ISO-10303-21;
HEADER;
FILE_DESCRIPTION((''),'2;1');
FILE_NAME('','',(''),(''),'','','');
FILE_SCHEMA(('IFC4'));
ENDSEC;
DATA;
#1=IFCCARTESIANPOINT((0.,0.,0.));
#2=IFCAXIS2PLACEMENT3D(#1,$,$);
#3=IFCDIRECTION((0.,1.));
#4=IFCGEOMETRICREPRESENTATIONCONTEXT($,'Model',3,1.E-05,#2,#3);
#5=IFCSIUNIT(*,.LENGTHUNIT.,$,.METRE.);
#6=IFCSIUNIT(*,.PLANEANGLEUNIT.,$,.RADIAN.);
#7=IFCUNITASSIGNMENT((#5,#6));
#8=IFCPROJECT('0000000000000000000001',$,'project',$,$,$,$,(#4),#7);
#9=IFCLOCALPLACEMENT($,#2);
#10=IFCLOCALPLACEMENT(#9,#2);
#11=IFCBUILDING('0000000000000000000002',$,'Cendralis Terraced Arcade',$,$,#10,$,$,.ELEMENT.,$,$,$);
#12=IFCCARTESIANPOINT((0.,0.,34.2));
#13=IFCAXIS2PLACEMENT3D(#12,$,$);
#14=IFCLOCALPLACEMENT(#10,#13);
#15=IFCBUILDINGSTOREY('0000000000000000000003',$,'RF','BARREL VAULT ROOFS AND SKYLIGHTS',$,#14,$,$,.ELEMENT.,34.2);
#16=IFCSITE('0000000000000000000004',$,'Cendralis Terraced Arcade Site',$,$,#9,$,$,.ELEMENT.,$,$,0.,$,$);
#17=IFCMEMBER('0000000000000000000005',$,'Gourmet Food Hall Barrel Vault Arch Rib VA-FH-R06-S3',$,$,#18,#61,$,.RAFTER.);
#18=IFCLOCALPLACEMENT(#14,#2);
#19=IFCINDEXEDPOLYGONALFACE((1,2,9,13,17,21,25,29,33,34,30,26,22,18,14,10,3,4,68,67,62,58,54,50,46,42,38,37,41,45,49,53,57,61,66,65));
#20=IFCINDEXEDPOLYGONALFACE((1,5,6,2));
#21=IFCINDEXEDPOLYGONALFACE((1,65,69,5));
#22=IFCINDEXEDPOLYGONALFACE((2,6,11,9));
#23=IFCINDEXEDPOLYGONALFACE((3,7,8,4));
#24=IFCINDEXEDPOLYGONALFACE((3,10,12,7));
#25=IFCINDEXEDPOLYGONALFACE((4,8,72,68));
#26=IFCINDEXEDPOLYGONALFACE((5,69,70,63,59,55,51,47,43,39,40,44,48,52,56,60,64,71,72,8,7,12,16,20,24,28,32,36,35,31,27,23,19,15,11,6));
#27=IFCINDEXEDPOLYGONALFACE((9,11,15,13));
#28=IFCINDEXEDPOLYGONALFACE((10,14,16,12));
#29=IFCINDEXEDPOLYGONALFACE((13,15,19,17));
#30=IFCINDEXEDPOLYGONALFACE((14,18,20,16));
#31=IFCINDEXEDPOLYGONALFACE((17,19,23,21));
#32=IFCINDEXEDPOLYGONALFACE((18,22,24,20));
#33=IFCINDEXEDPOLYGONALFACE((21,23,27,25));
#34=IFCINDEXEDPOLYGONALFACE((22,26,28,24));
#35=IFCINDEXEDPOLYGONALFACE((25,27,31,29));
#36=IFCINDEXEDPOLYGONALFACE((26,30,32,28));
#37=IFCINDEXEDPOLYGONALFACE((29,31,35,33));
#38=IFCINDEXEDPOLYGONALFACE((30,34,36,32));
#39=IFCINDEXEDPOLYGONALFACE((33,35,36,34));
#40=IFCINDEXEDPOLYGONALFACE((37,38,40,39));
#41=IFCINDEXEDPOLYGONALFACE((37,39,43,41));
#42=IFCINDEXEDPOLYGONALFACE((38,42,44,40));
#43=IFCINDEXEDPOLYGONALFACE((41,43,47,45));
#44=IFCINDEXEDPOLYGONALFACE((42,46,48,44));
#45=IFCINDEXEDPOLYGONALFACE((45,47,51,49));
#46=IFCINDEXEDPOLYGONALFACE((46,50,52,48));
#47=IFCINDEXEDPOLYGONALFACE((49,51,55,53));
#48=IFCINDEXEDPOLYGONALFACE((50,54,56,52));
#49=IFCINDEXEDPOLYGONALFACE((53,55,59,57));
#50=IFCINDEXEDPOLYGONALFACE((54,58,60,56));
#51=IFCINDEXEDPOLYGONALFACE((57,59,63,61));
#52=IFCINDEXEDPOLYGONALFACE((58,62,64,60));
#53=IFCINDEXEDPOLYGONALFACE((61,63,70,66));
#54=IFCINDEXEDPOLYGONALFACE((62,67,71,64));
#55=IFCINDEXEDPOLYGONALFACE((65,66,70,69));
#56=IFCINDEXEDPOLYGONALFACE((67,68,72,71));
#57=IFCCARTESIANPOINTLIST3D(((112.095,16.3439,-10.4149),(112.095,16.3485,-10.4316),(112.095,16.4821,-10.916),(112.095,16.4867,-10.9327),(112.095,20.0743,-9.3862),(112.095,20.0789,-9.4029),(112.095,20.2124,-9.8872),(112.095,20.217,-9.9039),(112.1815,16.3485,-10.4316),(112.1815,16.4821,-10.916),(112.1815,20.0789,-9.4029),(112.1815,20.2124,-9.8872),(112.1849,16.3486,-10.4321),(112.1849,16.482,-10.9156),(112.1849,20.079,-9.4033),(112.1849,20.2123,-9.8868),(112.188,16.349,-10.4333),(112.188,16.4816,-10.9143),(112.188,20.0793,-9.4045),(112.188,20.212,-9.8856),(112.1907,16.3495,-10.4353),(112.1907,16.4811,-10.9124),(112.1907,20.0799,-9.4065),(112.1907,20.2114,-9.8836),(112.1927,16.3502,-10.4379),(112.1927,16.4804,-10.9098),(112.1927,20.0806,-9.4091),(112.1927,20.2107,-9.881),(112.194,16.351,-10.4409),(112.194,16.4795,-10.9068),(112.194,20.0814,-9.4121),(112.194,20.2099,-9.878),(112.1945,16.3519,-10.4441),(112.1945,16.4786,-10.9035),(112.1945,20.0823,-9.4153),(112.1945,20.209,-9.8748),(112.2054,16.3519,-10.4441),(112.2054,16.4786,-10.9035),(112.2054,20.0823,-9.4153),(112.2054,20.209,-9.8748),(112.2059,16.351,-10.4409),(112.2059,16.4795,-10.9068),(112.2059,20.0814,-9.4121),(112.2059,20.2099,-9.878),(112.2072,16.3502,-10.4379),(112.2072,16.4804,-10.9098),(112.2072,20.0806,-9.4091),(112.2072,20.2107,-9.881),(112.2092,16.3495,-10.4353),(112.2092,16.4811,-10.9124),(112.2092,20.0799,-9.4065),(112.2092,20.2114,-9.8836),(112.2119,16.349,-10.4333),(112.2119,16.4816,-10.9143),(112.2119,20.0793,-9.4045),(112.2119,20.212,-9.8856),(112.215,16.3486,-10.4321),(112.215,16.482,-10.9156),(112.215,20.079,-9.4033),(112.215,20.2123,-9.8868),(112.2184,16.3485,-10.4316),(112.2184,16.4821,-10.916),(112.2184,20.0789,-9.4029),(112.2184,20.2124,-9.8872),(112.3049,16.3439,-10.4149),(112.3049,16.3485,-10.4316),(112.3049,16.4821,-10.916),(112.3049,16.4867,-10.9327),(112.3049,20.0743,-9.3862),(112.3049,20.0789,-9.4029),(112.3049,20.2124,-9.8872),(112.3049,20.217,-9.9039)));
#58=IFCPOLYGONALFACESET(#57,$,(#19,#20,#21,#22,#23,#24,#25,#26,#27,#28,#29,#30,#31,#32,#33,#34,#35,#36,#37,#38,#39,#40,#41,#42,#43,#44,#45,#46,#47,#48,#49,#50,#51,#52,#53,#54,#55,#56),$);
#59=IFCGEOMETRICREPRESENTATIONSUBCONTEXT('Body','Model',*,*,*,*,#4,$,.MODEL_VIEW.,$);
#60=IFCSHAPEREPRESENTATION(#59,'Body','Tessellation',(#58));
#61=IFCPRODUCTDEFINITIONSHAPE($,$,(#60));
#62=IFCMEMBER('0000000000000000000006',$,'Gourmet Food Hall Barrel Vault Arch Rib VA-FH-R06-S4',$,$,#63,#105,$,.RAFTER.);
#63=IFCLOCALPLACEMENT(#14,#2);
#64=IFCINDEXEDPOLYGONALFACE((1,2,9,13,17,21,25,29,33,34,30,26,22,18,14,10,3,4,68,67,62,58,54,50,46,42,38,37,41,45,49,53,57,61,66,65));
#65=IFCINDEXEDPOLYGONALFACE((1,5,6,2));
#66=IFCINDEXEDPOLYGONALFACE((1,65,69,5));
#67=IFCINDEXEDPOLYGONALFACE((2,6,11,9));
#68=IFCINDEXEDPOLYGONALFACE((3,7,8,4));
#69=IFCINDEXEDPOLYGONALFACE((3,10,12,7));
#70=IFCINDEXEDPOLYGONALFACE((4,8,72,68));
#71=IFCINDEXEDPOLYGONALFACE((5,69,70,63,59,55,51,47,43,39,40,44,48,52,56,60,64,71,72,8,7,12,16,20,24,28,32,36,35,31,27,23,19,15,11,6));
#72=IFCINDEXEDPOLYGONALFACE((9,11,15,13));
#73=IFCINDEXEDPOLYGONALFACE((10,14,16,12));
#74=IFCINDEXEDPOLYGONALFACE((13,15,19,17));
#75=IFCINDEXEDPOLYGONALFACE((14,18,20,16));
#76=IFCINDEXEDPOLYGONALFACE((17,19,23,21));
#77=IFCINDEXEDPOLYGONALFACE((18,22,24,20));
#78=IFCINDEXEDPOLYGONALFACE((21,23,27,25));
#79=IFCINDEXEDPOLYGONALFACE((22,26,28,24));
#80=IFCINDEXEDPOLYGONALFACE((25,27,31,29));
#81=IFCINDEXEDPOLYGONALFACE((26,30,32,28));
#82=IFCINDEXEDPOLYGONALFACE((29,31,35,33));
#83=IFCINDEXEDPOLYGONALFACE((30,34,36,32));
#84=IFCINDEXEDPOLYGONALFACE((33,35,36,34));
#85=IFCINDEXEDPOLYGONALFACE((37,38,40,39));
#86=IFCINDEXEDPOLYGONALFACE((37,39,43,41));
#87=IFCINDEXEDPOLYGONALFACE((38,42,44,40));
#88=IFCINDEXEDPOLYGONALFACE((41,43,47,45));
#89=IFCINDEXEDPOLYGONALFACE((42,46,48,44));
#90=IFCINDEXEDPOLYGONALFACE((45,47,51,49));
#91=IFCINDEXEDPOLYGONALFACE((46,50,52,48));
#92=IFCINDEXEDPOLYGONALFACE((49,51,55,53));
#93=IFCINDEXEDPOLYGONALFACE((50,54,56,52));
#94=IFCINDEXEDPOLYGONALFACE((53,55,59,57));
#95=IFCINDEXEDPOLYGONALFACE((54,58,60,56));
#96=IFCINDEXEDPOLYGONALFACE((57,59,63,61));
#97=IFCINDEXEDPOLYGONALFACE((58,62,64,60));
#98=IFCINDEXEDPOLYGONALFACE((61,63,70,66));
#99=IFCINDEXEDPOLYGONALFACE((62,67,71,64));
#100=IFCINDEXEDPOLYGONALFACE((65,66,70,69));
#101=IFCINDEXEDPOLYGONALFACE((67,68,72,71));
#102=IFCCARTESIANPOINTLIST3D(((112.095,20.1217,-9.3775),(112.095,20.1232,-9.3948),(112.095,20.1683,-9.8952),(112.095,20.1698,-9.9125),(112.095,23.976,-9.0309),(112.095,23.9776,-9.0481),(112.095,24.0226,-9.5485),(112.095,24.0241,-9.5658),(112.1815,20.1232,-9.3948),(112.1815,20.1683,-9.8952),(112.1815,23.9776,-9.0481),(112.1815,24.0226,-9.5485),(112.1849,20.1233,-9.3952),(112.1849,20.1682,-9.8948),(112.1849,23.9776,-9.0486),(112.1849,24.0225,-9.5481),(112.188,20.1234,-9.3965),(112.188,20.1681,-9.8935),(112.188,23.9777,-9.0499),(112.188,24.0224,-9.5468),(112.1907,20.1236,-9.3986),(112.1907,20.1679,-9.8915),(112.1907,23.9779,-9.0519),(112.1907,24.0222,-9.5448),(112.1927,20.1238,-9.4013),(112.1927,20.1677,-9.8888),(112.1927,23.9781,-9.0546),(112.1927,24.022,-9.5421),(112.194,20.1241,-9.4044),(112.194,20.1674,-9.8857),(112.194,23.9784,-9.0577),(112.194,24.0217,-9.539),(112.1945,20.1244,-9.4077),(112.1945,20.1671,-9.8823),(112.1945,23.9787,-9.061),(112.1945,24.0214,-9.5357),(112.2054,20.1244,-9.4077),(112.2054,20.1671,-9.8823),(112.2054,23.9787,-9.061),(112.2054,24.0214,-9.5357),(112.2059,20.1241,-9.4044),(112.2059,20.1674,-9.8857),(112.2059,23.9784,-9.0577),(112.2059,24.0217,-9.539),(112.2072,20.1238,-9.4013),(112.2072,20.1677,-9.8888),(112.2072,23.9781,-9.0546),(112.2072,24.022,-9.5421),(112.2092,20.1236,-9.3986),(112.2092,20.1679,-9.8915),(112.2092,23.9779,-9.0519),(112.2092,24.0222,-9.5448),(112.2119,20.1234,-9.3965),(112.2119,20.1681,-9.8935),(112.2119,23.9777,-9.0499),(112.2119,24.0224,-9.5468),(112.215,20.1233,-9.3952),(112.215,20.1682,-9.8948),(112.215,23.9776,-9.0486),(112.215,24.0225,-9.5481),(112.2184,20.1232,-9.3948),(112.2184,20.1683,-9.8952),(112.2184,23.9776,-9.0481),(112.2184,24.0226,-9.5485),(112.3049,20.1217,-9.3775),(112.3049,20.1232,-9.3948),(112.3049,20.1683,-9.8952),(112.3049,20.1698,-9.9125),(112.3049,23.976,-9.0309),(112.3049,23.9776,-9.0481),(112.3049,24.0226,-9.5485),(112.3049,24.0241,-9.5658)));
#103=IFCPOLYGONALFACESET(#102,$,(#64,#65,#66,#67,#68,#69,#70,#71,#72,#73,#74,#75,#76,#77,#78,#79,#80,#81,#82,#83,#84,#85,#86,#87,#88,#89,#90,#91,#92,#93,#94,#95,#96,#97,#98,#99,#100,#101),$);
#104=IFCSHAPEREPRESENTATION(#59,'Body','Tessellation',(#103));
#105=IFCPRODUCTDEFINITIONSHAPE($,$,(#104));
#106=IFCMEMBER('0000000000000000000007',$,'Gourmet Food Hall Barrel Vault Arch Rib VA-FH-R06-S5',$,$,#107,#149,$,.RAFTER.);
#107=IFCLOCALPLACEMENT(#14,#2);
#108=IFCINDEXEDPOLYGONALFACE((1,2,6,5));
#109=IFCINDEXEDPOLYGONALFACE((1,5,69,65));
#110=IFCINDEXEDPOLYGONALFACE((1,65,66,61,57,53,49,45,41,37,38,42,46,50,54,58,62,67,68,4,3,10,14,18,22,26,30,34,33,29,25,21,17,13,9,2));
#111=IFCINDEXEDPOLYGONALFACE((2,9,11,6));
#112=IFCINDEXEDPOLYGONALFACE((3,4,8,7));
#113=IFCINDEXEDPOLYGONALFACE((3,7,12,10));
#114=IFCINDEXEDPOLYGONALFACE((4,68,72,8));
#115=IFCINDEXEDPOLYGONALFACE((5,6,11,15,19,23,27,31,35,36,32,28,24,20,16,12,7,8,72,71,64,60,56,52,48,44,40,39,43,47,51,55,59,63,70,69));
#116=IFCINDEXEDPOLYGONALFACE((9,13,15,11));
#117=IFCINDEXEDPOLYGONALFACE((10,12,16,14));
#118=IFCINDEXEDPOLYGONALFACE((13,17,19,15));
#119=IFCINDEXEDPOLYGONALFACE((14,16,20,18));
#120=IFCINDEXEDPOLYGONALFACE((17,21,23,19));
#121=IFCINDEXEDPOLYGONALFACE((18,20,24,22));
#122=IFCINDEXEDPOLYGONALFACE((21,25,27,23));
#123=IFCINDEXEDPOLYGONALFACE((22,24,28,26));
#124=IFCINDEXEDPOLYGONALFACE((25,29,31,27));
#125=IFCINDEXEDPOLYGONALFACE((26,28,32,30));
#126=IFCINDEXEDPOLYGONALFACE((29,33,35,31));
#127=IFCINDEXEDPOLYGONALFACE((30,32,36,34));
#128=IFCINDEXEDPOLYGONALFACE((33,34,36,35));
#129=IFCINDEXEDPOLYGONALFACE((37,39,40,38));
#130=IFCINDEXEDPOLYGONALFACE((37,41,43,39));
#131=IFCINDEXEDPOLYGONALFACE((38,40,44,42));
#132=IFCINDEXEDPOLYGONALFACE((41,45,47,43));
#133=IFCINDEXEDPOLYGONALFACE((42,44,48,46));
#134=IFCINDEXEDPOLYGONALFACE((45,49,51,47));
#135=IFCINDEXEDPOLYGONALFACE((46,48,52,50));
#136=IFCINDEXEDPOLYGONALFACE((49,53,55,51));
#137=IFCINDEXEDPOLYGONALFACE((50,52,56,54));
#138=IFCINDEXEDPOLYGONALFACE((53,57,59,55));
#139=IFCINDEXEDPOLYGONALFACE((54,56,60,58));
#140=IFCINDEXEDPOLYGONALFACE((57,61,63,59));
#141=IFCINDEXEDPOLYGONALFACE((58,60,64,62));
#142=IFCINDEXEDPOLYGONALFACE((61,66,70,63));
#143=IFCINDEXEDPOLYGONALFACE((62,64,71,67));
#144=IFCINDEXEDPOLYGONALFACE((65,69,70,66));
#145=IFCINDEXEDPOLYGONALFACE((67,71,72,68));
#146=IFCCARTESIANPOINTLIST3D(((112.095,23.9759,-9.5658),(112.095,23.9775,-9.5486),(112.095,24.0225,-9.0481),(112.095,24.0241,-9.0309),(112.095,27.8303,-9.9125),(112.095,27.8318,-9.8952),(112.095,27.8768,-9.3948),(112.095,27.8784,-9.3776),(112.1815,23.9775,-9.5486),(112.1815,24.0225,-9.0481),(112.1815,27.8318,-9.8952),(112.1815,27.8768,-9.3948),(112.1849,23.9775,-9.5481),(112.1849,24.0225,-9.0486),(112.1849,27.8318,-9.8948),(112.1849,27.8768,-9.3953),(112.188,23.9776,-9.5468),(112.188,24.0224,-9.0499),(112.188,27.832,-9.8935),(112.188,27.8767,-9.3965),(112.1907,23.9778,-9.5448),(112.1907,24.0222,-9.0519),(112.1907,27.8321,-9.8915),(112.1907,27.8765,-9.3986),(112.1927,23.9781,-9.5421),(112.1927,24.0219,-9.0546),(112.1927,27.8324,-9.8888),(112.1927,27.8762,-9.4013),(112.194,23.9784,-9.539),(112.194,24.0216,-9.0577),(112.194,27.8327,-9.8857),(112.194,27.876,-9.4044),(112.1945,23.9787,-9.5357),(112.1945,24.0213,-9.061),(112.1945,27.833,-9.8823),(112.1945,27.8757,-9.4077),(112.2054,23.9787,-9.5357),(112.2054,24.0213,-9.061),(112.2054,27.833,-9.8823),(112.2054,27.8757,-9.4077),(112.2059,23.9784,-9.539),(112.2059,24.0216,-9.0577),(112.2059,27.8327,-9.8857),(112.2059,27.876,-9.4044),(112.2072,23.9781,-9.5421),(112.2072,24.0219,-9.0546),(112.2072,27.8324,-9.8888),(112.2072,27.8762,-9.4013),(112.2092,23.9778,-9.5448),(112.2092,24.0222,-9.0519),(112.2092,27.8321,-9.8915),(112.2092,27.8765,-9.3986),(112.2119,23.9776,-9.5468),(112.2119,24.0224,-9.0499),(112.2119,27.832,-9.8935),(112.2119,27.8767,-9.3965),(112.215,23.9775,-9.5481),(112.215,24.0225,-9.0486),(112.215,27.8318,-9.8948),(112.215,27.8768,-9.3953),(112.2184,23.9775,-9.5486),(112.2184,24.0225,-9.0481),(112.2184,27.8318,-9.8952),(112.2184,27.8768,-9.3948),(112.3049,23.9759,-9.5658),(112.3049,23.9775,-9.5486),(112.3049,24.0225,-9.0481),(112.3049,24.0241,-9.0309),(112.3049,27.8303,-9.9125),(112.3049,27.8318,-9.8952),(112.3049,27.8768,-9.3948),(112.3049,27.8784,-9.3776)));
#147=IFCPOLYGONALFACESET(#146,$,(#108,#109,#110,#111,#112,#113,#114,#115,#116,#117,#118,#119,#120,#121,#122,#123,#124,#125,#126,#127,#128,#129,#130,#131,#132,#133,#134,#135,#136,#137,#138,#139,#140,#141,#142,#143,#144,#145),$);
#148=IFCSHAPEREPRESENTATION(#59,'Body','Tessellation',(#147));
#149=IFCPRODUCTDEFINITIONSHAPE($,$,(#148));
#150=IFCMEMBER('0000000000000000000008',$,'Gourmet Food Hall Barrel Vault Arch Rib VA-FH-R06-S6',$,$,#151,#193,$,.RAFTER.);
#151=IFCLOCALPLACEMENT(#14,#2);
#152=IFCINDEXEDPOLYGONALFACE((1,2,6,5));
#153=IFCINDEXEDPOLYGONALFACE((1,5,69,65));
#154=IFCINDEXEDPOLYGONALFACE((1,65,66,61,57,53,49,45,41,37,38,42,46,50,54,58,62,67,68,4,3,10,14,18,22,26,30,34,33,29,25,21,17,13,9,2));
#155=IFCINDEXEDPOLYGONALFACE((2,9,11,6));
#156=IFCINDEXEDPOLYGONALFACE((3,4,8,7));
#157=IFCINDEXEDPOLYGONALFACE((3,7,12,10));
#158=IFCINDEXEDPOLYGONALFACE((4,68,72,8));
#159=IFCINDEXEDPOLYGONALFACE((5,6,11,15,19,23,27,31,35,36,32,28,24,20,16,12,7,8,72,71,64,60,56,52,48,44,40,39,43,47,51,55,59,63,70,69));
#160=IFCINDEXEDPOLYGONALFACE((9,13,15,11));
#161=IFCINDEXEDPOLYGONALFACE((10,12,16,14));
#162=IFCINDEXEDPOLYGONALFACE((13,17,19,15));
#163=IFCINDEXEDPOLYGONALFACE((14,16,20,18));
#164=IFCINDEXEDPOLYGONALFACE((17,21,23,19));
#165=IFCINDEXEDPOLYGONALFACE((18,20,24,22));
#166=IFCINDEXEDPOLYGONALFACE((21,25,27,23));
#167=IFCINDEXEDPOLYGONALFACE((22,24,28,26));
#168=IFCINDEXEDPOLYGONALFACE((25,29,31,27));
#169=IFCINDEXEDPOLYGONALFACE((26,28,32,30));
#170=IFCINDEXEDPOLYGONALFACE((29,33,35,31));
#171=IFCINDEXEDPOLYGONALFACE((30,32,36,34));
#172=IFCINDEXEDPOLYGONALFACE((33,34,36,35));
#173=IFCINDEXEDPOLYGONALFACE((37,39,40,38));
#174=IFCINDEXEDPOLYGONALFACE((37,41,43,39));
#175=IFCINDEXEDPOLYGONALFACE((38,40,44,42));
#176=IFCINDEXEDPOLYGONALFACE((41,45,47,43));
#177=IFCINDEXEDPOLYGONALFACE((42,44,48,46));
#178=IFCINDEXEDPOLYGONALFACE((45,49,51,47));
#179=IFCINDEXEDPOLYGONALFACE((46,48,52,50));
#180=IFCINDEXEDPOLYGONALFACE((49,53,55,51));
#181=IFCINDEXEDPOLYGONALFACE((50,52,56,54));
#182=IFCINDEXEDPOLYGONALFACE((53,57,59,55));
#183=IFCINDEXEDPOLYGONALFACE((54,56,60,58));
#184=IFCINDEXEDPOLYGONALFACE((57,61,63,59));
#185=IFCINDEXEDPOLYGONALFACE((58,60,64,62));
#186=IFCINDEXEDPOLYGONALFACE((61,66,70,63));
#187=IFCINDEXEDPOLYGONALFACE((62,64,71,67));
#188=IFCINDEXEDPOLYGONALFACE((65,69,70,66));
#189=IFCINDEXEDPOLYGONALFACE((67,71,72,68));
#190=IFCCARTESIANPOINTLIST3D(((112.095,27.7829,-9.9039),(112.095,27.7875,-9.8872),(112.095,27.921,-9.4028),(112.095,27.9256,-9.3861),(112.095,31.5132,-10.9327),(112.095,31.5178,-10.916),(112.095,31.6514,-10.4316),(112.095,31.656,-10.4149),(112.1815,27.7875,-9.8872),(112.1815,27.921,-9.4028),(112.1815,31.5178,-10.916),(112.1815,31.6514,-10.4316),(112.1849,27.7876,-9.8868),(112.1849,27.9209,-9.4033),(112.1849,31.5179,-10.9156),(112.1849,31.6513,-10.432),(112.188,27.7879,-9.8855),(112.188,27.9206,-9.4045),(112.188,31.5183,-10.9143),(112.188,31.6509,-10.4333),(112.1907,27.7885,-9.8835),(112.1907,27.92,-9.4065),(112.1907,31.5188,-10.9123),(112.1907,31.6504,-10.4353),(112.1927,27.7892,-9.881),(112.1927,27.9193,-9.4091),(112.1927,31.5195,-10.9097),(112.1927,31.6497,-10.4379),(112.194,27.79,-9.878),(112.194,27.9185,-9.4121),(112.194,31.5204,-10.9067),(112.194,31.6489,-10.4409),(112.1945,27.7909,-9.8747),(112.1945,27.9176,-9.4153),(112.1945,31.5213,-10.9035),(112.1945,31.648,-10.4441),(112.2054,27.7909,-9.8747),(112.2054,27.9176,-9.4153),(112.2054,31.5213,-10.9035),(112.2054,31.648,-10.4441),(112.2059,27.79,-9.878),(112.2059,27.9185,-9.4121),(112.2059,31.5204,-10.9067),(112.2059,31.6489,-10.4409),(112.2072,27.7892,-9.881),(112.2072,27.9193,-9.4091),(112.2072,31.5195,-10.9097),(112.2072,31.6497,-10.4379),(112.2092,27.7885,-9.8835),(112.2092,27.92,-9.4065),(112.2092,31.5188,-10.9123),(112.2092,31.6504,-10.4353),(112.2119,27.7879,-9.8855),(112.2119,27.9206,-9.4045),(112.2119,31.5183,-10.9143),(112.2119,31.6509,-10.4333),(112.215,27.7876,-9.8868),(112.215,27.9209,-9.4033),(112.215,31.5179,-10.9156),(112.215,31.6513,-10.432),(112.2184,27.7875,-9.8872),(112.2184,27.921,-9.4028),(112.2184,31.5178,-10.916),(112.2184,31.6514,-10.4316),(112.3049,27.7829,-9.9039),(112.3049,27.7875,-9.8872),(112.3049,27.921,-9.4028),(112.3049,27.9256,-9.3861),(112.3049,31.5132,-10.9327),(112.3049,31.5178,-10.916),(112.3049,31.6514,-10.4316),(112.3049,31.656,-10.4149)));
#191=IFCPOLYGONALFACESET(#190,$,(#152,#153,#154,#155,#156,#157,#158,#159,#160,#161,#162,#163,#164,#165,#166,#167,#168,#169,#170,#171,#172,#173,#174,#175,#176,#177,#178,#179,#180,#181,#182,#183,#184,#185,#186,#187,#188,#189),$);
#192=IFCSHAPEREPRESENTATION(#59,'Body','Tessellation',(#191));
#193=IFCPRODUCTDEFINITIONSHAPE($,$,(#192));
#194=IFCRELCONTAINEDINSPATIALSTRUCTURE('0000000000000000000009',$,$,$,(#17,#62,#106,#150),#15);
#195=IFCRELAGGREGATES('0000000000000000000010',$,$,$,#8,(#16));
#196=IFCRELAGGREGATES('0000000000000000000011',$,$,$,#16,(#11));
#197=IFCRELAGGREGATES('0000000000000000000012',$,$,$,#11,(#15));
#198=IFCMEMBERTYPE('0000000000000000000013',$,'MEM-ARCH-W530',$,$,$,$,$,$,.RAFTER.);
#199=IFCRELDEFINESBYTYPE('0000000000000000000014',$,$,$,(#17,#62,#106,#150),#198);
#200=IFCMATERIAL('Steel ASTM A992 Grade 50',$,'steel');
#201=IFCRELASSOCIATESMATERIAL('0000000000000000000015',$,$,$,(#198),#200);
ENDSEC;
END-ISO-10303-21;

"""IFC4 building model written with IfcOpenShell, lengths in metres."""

from ifc_helpers import new_model, si_unit, direction, frame, origin, origin_2d, place, context, subcontext, project, spatial, i_section, extrude, material, material_profile, profile_set, type_object, element, save


model = new_model("IFC4")

# Units and contexts
model_context = context("Model", 3, precision=1e-05, world=origin(), true_north=direction((0.0, 1.0)))
body_context = subcontext(model_context, "Body", "Model", "MODEL_VIEW")
ifc_project = project(units=[si_unit("LENGTHUNIT", "METRE"), si_unit("PLANEANGLEUNIT", "RADIAN")], contexts=[model_context])

# Site, building, storey
site_placement = place(None, origin())
site = spatial("IfcSite", under=ifc_project, at=site_placement, Name="Cendralis Terraced Arcade Site", CompositionType="ELEMENT", RefElevation=0.0)
building_placement = place(site_placement, origin())
building = spatial("IfcBuilding", under=site, at=building_placement, Name="Cendralis Terraced Arcade", CompositionType="ELEMENT")
storey_placement = place(building_placement, frame((0.0, 0.0, 34.2)))
storey = spatial("IfcBuildingStorey", under=building, at=storey_placement, Name="RF", Description="BARREL VAULT ROOFS AND SKYLIGHTS", CompositionType="ELEMENT", Elevation=34.2)

# Members
ifc_material_1 = material(Name="Steel ASTM A992 Grade 50", Category="steel")
ifc_material_profile_1 = material_profile(ifc_material_1, i_section(OverallWidth=0.21, OverallDepth=0.5371, WebThickness=0.011, FlangeThickness=0.0173, FilletRadius=0.0129, at=origin_2d()), Name="W530X101", Category="LoadBearing")
ifc_profile_set_1 = profile_set([ifc_material_profile_1], Name="Steel ASTM A992 Grade 50")
member_type_1 = type_object("IfcMemberType", Name="MEM-ARCH-W530", PredefinedType="RAFTER", material=ifc_profile_set_1)
member_1_placement = place(storey_placement, frame((112.2, 16.4153, -10.6738), z_axis=(0.0, 0.964012, 0.26586), x_axis=(-1.0, 0.0, 0.0)))
element("IfcMember", 1, at=member_1_placement, inside=storey, type_object=member_type_1, Name="Gourmet Food Hall Barrel Vault Arch Rib VA-FH-R06-S3", PredefinedType="RAFTER", context=body_context, shape_type="SweptSolid", body=[
    extrude(i_section(OverallWidth=0.21, OverallDepth=0.5371, WebThickness=0.011, FlangeThickness=0.0173, FilletRadius=0.0129, at=origin_2d()), origin(), (0.0, 0.0, 1.0), 3.8696),
])
for number, where, z_axis, x_axis, name in (
    (2, (112.2, 20.1458, -9.645), (0.0, 0.995979, 0.089586), (-1.0, 0.0, 0.0), "Gourmet Food Hall Barrel Vault Arch Rib VA-FH-R06-S4"),
    (3, (112.2, 24.0, -9.2983), (0.0, 0.995979, -0.089586), (-1.0, 0.0, 0.0), "Gourmet Food Hall Barrel Vault Arch Rib VA-FH-R06-S5"),
):
    element("IfcMember", number, at=place(storey_placement, frame(where, z_axis=z_axis, x_axis=x_axis)), inside=storey, type_object=member_type_1, Name=name, PredefinedType="RAFTER", context=body_context, shape_type="SweptSolid", body=[
        extrude(i_section(OverallWidth=0.21, OverallDepth=0.5371, WebThickness=0.011, FlangeThickness=0.0173, FilletRadius=0.0129, at=origin_2d()), origin(), (0.0, 0.0, 1.0), 3.8699),
    ])
member_2_placement = place(storey_placement, frame((112.2, 27.8542, -9.645), z_axis=(0.0, 0.964012, -0.26586), x_axis=(-1.0, 0.0, 0.0)))
element("IfcMember", 4, at=member_2_placement, inside=storey, type_object=member_type_1, Name="Gourmet Food Hall Barrel Vault Arch Rib VA-FH-R06-S6", PredefinedType="RAFTER", context=body_context, shape_type="SweptSolid", body=[
    extrude(i_section(OverallWidth=0.21, OverallDepth=0.5371, WebThickness=0.011, FlangeThickness=0.0173, FilletRadius=0.0129, at=origin_2d()), origin(), (0.0, 0.0, 1.0), 3.8696),
])

save(model, "model.ifc")
